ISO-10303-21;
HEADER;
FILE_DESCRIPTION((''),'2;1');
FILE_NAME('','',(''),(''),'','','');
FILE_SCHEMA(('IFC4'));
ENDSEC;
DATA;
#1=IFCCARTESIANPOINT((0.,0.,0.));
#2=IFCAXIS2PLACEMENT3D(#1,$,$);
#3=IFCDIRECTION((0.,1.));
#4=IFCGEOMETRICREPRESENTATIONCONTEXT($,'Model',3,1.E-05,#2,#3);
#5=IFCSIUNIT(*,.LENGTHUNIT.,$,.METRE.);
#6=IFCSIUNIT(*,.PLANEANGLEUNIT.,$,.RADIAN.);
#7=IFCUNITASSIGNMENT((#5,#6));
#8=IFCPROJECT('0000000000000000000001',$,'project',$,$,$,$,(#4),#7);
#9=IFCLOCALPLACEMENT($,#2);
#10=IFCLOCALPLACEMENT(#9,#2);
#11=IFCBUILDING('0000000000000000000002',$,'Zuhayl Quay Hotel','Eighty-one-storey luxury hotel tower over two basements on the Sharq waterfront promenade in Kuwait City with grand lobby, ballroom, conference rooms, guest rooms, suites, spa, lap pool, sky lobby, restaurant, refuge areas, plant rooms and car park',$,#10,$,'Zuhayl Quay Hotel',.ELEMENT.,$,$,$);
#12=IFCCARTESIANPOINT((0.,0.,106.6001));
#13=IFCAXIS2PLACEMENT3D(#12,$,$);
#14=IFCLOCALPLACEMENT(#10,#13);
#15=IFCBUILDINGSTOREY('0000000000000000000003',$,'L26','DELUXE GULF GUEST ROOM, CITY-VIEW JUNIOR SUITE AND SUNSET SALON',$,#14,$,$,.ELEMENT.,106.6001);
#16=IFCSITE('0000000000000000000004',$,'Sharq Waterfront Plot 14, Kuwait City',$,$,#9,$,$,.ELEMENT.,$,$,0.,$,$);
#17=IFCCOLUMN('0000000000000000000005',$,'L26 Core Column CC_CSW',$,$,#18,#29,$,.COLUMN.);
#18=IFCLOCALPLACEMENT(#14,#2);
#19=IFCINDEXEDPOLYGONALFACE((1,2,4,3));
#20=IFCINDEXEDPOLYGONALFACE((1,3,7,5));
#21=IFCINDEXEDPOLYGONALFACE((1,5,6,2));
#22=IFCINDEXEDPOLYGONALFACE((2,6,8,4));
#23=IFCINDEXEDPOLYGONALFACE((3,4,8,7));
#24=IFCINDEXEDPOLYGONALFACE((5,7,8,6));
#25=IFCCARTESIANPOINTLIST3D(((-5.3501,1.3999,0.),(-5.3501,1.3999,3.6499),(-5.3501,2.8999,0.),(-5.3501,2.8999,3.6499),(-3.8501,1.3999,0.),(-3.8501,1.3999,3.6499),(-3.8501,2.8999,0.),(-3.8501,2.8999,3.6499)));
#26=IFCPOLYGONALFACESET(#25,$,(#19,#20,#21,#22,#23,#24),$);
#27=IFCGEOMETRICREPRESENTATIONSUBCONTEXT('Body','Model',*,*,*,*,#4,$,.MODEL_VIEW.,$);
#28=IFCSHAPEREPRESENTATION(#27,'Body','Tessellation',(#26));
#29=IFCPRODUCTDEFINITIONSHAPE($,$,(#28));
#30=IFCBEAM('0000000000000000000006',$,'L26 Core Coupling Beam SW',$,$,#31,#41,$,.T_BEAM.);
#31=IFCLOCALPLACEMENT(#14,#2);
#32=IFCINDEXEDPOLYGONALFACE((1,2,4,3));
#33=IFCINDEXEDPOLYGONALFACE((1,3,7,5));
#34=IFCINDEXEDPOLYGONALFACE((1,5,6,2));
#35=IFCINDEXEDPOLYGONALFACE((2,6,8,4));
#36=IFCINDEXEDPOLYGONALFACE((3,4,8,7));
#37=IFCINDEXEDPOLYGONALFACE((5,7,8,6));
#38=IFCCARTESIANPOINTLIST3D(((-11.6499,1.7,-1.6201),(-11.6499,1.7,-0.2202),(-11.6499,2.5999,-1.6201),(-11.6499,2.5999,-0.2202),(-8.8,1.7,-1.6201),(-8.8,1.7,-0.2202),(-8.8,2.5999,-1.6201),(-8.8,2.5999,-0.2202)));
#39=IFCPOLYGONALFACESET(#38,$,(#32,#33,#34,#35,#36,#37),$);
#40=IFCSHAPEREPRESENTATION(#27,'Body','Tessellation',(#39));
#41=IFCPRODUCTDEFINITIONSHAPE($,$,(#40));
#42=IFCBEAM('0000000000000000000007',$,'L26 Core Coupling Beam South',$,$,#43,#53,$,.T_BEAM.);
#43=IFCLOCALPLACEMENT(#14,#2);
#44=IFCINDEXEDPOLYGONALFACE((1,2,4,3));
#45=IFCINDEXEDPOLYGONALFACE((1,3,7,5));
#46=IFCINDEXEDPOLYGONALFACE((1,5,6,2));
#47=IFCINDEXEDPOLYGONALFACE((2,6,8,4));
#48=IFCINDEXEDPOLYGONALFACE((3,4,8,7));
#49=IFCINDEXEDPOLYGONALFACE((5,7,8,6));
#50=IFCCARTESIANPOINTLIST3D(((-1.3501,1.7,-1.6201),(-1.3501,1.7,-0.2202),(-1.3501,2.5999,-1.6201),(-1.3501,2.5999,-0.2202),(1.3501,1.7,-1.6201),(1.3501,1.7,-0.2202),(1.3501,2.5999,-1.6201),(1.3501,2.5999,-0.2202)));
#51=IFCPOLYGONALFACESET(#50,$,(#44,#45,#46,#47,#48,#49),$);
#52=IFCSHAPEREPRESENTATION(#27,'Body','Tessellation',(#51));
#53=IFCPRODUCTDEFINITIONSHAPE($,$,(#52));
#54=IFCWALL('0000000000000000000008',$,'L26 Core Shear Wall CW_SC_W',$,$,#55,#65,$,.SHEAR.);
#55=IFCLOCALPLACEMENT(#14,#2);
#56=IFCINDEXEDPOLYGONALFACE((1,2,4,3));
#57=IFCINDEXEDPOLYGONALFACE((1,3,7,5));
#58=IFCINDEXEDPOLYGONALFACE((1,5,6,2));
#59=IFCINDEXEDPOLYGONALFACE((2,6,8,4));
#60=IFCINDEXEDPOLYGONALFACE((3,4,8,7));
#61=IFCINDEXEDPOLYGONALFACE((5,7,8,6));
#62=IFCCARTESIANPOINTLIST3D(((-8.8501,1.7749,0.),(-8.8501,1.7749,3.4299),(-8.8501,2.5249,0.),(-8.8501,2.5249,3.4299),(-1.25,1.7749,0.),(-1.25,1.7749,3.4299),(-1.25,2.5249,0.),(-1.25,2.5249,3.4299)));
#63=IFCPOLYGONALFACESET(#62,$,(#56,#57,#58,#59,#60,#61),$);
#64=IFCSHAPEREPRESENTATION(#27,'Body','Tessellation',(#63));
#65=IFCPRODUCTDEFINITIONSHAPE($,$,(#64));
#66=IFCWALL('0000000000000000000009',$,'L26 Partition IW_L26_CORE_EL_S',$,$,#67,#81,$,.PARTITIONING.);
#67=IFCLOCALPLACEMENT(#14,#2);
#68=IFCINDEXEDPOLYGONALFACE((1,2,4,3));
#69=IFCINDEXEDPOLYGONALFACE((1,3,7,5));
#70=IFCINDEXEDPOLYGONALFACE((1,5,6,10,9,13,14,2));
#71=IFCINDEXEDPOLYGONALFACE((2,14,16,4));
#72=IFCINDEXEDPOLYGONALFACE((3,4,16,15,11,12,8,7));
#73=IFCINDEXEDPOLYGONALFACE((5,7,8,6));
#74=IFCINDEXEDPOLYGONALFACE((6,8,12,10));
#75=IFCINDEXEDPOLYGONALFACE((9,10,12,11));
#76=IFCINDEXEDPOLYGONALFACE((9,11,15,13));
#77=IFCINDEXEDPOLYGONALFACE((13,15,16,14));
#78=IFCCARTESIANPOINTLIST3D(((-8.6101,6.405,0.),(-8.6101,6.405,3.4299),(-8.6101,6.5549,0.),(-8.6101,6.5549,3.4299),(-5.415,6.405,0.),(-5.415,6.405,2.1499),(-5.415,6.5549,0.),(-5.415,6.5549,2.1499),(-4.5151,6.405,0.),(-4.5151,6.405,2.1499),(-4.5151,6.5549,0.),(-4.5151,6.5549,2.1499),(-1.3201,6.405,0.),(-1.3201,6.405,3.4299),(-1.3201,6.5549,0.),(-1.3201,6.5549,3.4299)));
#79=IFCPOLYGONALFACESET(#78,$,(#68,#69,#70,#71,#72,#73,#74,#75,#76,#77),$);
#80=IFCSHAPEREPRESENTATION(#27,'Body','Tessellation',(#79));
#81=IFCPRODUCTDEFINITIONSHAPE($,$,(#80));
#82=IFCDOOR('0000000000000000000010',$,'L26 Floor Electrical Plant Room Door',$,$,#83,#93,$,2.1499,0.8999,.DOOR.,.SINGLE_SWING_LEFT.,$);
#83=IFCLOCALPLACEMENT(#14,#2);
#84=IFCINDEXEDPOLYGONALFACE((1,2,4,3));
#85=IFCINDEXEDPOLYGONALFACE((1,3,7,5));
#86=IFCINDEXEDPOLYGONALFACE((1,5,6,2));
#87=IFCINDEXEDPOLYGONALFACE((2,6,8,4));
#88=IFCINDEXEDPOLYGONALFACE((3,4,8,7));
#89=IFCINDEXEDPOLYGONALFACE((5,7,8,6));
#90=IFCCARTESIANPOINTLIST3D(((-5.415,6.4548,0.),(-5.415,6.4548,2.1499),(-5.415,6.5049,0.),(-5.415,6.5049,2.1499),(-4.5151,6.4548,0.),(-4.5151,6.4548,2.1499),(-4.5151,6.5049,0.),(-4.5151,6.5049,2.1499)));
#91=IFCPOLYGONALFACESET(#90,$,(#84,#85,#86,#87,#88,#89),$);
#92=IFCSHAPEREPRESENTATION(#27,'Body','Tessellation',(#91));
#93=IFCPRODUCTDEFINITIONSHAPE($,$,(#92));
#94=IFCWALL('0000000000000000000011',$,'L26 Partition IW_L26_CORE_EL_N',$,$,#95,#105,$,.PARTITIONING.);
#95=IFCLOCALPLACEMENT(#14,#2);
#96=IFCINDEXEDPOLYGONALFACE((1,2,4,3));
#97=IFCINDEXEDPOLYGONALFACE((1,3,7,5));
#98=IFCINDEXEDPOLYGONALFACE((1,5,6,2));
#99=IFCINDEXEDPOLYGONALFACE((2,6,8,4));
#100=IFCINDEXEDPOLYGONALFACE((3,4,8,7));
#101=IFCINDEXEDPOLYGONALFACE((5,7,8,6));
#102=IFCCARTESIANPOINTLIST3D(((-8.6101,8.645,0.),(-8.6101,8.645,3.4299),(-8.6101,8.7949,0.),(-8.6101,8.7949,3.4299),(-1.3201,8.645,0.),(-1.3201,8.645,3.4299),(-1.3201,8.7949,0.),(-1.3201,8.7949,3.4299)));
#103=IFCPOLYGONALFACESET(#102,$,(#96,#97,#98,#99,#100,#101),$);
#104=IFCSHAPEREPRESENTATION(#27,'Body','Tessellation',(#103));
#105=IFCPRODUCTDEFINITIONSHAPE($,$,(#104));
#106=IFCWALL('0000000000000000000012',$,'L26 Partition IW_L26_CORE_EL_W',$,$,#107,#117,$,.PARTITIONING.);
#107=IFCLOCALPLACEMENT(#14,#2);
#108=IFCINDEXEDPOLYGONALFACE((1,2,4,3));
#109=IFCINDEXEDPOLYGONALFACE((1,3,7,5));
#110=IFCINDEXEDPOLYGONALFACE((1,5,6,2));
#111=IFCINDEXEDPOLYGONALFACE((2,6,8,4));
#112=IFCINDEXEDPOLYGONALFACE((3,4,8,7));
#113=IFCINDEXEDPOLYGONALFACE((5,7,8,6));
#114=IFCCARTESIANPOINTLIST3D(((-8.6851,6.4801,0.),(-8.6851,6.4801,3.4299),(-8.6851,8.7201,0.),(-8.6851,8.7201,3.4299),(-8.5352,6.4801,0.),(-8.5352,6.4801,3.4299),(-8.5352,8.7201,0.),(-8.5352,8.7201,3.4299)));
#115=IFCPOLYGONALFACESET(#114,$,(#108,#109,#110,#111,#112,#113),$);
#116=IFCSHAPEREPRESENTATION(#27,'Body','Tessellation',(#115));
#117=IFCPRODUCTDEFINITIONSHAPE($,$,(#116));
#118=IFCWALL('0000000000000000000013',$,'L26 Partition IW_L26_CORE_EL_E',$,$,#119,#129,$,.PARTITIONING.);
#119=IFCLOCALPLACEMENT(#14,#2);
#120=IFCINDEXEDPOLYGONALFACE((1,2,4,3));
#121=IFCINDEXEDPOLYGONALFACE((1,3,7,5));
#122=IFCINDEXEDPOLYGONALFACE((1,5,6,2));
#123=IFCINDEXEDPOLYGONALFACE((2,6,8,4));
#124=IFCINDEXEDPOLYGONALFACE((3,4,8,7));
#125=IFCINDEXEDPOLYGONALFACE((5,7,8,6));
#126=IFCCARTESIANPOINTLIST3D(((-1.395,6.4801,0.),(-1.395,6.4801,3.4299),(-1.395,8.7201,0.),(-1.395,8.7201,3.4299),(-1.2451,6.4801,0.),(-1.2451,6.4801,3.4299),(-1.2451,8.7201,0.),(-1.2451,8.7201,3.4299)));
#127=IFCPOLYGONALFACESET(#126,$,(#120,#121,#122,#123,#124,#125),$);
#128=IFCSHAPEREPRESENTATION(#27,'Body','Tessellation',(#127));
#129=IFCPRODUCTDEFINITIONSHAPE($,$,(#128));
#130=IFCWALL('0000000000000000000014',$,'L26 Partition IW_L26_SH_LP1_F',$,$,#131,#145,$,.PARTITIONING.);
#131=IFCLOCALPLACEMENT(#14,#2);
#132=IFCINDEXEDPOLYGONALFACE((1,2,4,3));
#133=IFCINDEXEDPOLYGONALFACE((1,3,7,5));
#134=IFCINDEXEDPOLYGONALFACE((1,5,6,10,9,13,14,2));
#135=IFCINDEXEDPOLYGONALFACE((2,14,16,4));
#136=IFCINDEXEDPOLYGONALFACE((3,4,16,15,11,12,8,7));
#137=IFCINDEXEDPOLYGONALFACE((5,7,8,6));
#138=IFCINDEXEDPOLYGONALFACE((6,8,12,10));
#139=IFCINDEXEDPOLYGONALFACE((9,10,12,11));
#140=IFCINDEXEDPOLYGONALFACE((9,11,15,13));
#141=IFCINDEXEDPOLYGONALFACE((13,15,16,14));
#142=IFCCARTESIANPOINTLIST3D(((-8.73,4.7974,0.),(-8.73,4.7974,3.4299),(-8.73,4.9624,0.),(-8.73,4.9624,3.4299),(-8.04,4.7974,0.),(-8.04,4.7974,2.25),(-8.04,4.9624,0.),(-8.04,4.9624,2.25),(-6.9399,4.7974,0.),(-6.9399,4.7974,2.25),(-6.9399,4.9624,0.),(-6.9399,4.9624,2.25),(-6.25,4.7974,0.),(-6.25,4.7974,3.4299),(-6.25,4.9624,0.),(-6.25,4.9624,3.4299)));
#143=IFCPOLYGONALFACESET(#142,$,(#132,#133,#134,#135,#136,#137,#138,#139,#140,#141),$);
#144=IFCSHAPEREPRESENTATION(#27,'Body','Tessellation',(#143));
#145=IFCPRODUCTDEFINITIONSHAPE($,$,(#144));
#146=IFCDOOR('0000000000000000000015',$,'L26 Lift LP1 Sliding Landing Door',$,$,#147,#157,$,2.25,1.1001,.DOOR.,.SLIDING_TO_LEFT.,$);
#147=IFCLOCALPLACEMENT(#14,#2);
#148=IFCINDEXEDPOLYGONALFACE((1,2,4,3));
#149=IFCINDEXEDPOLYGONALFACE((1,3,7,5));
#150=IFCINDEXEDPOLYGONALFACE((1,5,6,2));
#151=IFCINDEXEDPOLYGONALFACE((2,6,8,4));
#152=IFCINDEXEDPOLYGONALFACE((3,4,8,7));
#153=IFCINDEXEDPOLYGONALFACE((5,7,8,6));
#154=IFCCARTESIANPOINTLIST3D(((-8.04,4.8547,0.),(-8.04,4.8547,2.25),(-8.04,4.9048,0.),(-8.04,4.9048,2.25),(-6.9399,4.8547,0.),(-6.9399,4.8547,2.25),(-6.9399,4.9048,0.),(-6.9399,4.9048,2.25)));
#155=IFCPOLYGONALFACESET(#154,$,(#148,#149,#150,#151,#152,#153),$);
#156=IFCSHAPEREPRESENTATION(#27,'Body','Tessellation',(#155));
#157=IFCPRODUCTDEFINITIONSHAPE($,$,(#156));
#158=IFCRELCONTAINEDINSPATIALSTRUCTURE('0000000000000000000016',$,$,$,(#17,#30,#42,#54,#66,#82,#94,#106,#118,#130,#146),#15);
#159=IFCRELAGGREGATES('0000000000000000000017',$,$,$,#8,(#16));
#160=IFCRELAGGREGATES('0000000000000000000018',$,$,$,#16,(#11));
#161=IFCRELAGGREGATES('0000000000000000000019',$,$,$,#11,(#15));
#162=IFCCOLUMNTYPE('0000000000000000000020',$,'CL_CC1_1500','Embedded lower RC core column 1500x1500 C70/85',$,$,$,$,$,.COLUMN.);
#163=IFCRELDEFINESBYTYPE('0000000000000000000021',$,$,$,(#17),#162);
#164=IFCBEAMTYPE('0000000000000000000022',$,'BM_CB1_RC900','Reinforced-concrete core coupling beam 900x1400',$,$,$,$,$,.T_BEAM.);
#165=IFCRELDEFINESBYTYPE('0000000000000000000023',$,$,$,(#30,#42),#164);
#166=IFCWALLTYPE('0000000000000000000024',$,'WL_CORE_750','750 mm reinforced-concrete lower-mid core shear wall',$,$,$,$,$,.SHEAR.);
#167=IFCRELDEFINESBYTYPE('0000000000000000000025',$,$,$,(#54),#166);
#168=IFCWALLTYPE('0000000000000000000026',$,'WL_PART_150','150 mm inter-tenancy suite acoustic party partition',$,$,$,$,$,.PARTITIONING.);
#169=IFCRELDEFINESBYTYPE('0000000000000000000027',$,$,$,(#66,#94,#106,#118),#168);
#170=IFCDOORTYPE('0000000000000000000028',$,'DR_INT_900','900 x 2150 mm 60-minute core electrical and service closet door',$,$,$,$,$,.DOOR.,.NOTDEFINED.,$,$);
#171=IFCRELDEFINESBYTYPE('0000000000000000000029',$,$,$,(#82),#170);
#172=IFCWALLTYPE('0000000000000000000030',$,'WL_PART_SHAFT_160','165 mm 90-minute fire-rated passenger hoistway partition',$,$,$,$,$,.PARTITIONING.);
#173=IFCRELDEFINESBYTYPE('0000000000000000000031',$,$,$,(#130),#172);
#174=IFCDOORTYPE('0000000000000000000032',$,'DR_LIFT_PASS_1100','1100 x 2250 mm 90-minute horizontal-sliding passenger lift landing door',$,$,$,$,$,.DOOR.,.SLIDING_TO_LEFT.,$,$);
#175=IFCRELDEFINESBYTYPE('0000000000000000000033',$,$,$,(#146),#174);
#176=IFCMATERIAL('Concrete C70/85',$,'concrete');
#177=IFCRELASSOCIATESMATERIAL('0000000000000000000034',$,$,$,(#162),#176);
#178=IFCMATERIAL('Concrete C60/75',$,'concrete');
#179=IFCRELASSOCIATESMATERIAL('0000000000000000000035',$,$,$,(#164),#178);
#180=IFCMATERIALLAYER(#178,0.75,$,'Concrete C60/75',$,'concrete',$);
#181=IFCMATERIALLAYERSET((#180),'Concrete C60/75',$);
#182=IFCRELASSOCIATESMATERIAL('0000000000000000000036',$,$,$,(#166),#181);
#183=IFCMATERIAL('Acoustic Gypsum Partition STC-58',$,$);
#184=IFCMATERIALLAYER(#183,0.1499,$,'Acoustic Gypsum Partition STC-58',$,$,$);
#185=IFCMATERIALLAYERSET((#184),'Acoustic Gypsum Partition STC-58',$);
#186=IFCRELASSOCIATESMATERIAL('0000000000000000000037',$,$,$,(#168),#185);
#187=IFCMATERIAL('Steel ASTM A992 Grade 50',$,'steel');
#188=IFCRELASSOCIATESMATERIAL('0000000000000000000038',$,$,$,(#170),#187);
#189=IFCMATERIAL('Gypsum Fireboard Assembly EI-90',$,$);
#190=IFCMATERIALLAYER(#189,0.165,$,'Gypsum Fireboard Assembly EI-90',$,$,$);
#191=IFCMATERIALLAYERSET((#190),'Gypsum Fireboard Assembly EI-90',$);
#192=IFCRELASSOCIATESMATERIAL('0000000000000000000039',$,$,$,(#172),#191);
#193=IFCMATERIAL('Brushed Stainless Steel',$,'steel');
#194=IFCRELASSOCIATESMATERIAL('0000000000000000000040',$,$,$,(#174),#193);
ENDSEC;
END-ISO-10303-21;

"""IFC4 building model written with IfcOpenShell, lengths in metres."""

from ifc_helpers import new_model, si_unit, direction, frame, frame_2d, origin, origin_2d, place, context, subcontext, project, spatial, rectangle, extrude, material, layer, layer_set, material_profile, profile_set, type_object, element, fill, save


model = new_model("IFC4")

# Units and contexts
model_context = context("Model", 3, precision=1e-05, world=origin(), true_north=direction((0.0, 1.0)))
body_context = subcontext(model_context, "Body", "Model", "MODEL_VIEW")
ifc_project = project(units=[si_unit("LENGTHUNIT", "METRE"), si_unit("PLANEANGLEUNIT", "RADIAN")], contexts=[model_context])

# Site, building, storey
site_placement = place(None, origin())
site = spatial("IfcSite", under=ifc_project, at=site_placement, Name="Sharq Waterfront Plot 14, Kuwait City", CompositionType="ELEMENT", RefElevation=0.0)
building_placement = place(site_placement, origin())
building = spatial("IfcBuilding", under=site, at=building_placement, Name="Zuhayl Quay Hotel", Description="Eighty-one-storey luxury hotel tower over two basements on the Sharq waterfront promenade in Kuwait City with grand lobby, ballroom, conference rooms, guest rooms, suites, spa, lap pool, sky lobby, restaurant, refuge areas, plant rooms and car park", LongName="Zuhayl Quay Hotel", CompositionType="ELEMENT")
storey_placement = place(building_placement, frame((0.0, 0.0, 106.6001)))
storey = spatial("IfcBuildingStorey", under=building, at=storey_placement, Name="L26", Description="DELUXE GULF GUEST ROOM, CITY-VIEW JUNIOR SUITE AND SUNSET SALON", CompositionType="ELEMENT", Elevation=106.6001)

# Column
ifc_material_1 = material(Name="Concrete C70/85", Category="concrete")
ifc_material_profile_1 = material_profile(ifc_material_1, rectangle(XDim=1.5, YDim=1.5, at=origin_2d()), Name="RC1500X1500")
ifc_profile_set_1 = profile_set([ifc_material_profile_1], Name="Concrete C70/85")
column_type = type_object("IfcColumnType", Name="CL_CC1_1500", Description="Embedded lower RC core column 1500x1500 C70/85", PredefinedType="COLUMN", material=ifc_profile_set_1)
column_placement = place(storey_placement, frame((-4.6001, 2.1499, 0.0), z_axis=(0.0, 0.0, 1.0), x_axis=(1.0, 0.0, 0.0)))
element("IfcColumn", 1, at=column_placement, inside=storey, type_object=column_type, Name="L26 Core Column CC_CSW", PredefinedType="COLUMN", context=body_context, shape_type="SweptSolid", body=[
    extrude(rectangle(XDim=1.5, YDim=1.5, at=origin_2d()), origin(), (0.0, 0.0, 1.0), 3.6499),
])

# Beams
ifc_material_2 = material(Name="Concrete C60/75", Category="concrete")
ifc_material_profile_2 = material_profile(ifc_material_2, rectangle(XDim=0.8999, YDim=1.3999, at=origin_2d()), Name="RC900X1400")
ifc_profile_set_2 = profile_set([ifc_material_profile_2], Name="Concrete C60/75")
beam_type = type_object("IfcBeamType", Name="BM_CB1_RC900", Description="Reinforced-concrete core coupling beam 900x1400", PredefinedType="T_BEAM", material=ifc_profile_set_2)
beam_1_placement = place(storey_placement, frame((-11.6499, 2.1499, -0.9202), z_axis=(1.0, 0.0, 0.0), x_axis=(0.0, 1.0, 0.0)))
element("IfcBeam", 2, at=beam_1_placement, inside=storey, type_object=beam_type, Name="L26 Core Coupling Beam SW", PredefinedType="T_BEAM", context=body_context, shape_type="SweptSolid", body=[
    extrude(rectangle(XDim=0.8999, YDim=1.3999, at=origin_2d()), origin(), (0.0, 0.0, 1.0), 2.8499),
])
beam_2_placement = place(storey_placement, frame((-1.3501, 2.1499, -0.9202), z_axis=(1.0, 0.0, 0.0), x_axis=(0.0, 1.0, 0.0)))
element("IfcBeam", 3, at=beam_2_placement, inside=storey, type_object=beam_type, Name="L26 Core Coupling Beam South", PredefinedType="T_BEAM", context=body_context, shape_type="SweptSolid", body=[
    extrude(rectangle(XDim=0.8999, YDim=1.3999, at=origin_2d()), origin(), (0.0, 0.0, 1.0), 2.7002),
])

# Wall
ifc_layer_1 = layer(ifc_material_2, 0.75, Name="Concrete C60/75", Category="concrete")
ifc_layer_set_1 = layer_set([ifc_layer_1], Name="Concrete C60/75")
wall_type_1 = type_object("IfcWallType", Name="WL_CORE_750", Description="750 mm reinforced-concrete lower-mid core shear wall", PredefinedType="SHEAR", material=ifc_layer_set_1)
wall_1_placement = place(storey_placement, frame((-8.8501, 2.1499, 0.0), z_axis=(0.0, 0.0, 1.0), x_axis=(1.0, 0.0, 0.0)))
element("IfcWall", 4, at=wall_1_placement, inside=storey, type_object=wall_type_1, Name="L26 Core Shear Wall CW_SC_W", PredefinedType="SHEAR", context=body_context, shape_type="SweptSolid", body=[
    extrude(rectangle(XDim=7.6001, YDim=0.75, at=frame_2d((3.8, 0.0))), origin(), (0.0, 0.0, 1.0), 3.4299),
])

# Wall, opening, door
ifc_material_3 = material(Name="Acoustic Gypsum Partition STC-58")
ifc_layer_2 = layer(ifc_material_3, 0.1499, Name="Acoustic Gypsum Partition STC-58")
ifc_layer_set_2 = layer_set([ifc_layer_2], Name="Acoustic Gypsum Partition STC-58")
wall_type_2 = type_object("IfcWallType", Name="WL_PART_150", Description="150 mm inter-tenancy suite acoustic party partition", PredefinedType="PARTITIONING", material=ifc_layer_set_2)
wall_2_placement = place(storey_placement, frame((-8.6101, 6.48, 0.0), z_axis=(0.0, 0.0, 1.0), x_axis=(1.0, 0.0, 0.0)))
wall_2 = element("IfcWall", 5, at=wall_2_placement, inside=storey, type_object=wall_type_2, Name="L26 Partition IW_L26_CORE_EL_S", PredefinedType="PARTITIONING", context=body_context, shape_type="SweptSolid", body=[
    extrude(rectangle(XDim=7.29, YDim=0.1499, at=frame_2d((3.645, 0.0))), origin(), (0.0, 0.0, 1.0), 3.4299),
])
opening_1_placement = place(wall_2_placement, frame((3.1951, 0.0, 0.0)))
opening_1 = element("IfcOpeningElement", 6, at=opening_1_placement, cuts=wall_2, PredefinedType="OPENING", context=body_context, shape_type="SweptSolid", body=[
    extrude(rectangle(XDim=0.8999, YDim=2.1499, at=frame_2d((0.45, 1.075))), frame((0.0, 0.085, 0.0), z_axis=(0.0, -1.0, 0.0), x_axis=(1.0, 0.0, 0.0)), (0.0, 0.0, 1.0), 0.1699),
])
ifc_material_4 = material(Name="Steel ASTM A992 Grade 50", Category="steel")
door_type_1 = type_object("IfcDoorType", Name="DR_INT_900", Description="900 x 2150 mm 60-minute core electrical and service closet door", OperationType="NOTDEFINED", PredefinedType="DOOR", material=ifc_material_4)
door_1_placement = place(opening_1_placement, origin())
door_1 = element("IfcDoor", 7, at=door_1_placement, inside=storey, type_object=door_type_1, Name="L26 Floor Electrical Plant Room Door", OperationType="SINGLE_SWING_LEFT", OverallHeight=2.1499, OverallWidth=0.8999, PredefinedType="DOOR", context=body_context, shape_type="SweptSolid", body=[
    extrude(rectangle(XDim=0.8999, YDim=2.1499, at=frame_2d((0.45, 1.075))), frame((0.0, 0.0249, 0.0), z_axis=(0.0, -1.0, 0.0), x_axis=(1.0, 0.0, 0.0)), (0.0, 0.0, 1.0), 0.05),
])
fill(opening_1, door_1)

# Walls
wall_3_placement = place(storey_placement, frame((-8.6101, 8.72, 0.0), z_axis=(0.0, 0.0, 1.0), x_axis=(1.0, 0.0, 0.0)))
element("IfcWall", 8, at=wall_3_placement, inside=storey, type_object=wall_type_2, Name="L26 Partition IW_L26_CORE_EL_N", PredefinedType="PARTITIONING", context=body_context, shape_type="SweptSolid", body=[
    extrude(rectangle(XDim=7.29, YDim=0.1499, at=frame_2d((3.645, 0.0))), origin(), (0.0, 0.0, 1.0), 3.4299),
])
for number, where, z_axis, x_axis, name in (
    (9, (-8.6101, 6.48, 0.0), (0.0, 0.0, 1.0), (0.0, 1.0, 0.0), "L26 Partition IW_L26_CORE_EL_W"),
    (10, (-1.3201, 6.48, 0.0), (0.0, 0.0, 1.0), (0.0, 1.0, 0.0), "L26 Partition IW_L26_CORE_EL_E"),
):
    element("IfcWall", number, at=place(storey_placement, frame(where, z_axis=z_axis, x_axis=x_axis)), inside=storey, type_object=wall_type_2, Name=name, PredefinedType="PARTITIONING", context=body_context, shape_type="SweptSolid", body=[
        extrude(rectangle(XDim=2.24, YDim=0.1499, at=frame_2d((1.1201, 0.0))), origin(), (0.0, 0.0, 1.0), 3.4299),
    ])

# Wall, opening, door
ifc_material_5 = material(Name="Gypsum Fireboard Assembly EI-90")
ifc_layer_3 = layer(ifc_material_5, 0.165, Name="Gypsum Fireboard Assembly EI-90")
ifc_layer_set_3 = layer_set([ifc_layer_3], Name="Gypsum Fireboard Assembly EI-90")
wall_type_3 = type_object("IfcWallType", Name="WL_PART_SHAFT_160", Description="165 mm 90-minute fire-rated passenger hoistway partition", PredefinedType="PARTITIONING", material=ifc_layer_set_3)
wall_4_placement = place(storey_placement, frame((-8.73, 4.8799, 0.0), z_axis=(0.0, 0.0, 1.0), x_axis=(1.0, 0.0, 0.0)))
wall_4 = element("IfcWall", 11, at=wall_4_placement, inside=storey, type_object=wall_type_3, Name="L26 Partition IW_L26_SH_LP1_F", PredefinedType="PARTITIONING", context=body_context, shape_type="SweptSolid", body=[
    extrude(rectangle(XDim=2.48, YDim=0.165, at=frame_2d((1.24, 0.0))), origin(), (0.0, 0.0, 1.0), 3.4299),
])
opening_2_placement = place(wall_4_placement, frame((0.6899, 0.0, 0.0)))
opening_2 = element("IfcOpeningElement", 12, at=opening_2_placement, cuts=wall_4, PredefinedType="OPENING", context=body_context, shape_type="SweptSolid", body=[
    extrude(rectangle(XDim=1.1001, YDim=2.25, at=frame_2d((0.55, 1.125))), frame((0.0, 0.0925, 0.0), z_axis=(0.0, -1.0, 0.0), x_axis=(1.0, 0.0, 0.0)), (0.0, 0.0, 1.0), 0.1851),
])
ifc_material_6 = material(Name="Brushed Stainless Steel", Category="steel")
door_type_2 = type_object("IfcDoorType", Name="DR_LIFT_PASS_1100", Description="1100 x 2250 mm 90-minute horizontal-sliding passenger lift landing door", OperationType="SLIDING_TO_LEFT", PredefinedType="DOOR", material=ifc_material_6)
door_2_placement = place(opening_2_placement, origin())
door_2 = element("IfcDoor", 13, at=door_2_placement, inside=storey, type_object=door_type_2, Name="L26 Lift LP1 Sliding Landing Door", OperationType="SLIDING_TO_LEFT", OverallHeight=2.25, OverallWidth=1.1001, PredefinedType="DOOR", context=body_context, shape_type="SweptSolid", body=[
    extrude(rectangle(XDim=1.1001, YDim=2.25, at=frame_2d((0.55, 1.125))), frame((0.0, 0.0249, 0.0), z_axis=(0.0, -1.0, 0.0), x_axis=(1.0, 0.0, 0.0)), (0.0, 0.0, 1.0), 0.05),
])
fill(opening_2, door_2)

save(model, "model.ifc")
